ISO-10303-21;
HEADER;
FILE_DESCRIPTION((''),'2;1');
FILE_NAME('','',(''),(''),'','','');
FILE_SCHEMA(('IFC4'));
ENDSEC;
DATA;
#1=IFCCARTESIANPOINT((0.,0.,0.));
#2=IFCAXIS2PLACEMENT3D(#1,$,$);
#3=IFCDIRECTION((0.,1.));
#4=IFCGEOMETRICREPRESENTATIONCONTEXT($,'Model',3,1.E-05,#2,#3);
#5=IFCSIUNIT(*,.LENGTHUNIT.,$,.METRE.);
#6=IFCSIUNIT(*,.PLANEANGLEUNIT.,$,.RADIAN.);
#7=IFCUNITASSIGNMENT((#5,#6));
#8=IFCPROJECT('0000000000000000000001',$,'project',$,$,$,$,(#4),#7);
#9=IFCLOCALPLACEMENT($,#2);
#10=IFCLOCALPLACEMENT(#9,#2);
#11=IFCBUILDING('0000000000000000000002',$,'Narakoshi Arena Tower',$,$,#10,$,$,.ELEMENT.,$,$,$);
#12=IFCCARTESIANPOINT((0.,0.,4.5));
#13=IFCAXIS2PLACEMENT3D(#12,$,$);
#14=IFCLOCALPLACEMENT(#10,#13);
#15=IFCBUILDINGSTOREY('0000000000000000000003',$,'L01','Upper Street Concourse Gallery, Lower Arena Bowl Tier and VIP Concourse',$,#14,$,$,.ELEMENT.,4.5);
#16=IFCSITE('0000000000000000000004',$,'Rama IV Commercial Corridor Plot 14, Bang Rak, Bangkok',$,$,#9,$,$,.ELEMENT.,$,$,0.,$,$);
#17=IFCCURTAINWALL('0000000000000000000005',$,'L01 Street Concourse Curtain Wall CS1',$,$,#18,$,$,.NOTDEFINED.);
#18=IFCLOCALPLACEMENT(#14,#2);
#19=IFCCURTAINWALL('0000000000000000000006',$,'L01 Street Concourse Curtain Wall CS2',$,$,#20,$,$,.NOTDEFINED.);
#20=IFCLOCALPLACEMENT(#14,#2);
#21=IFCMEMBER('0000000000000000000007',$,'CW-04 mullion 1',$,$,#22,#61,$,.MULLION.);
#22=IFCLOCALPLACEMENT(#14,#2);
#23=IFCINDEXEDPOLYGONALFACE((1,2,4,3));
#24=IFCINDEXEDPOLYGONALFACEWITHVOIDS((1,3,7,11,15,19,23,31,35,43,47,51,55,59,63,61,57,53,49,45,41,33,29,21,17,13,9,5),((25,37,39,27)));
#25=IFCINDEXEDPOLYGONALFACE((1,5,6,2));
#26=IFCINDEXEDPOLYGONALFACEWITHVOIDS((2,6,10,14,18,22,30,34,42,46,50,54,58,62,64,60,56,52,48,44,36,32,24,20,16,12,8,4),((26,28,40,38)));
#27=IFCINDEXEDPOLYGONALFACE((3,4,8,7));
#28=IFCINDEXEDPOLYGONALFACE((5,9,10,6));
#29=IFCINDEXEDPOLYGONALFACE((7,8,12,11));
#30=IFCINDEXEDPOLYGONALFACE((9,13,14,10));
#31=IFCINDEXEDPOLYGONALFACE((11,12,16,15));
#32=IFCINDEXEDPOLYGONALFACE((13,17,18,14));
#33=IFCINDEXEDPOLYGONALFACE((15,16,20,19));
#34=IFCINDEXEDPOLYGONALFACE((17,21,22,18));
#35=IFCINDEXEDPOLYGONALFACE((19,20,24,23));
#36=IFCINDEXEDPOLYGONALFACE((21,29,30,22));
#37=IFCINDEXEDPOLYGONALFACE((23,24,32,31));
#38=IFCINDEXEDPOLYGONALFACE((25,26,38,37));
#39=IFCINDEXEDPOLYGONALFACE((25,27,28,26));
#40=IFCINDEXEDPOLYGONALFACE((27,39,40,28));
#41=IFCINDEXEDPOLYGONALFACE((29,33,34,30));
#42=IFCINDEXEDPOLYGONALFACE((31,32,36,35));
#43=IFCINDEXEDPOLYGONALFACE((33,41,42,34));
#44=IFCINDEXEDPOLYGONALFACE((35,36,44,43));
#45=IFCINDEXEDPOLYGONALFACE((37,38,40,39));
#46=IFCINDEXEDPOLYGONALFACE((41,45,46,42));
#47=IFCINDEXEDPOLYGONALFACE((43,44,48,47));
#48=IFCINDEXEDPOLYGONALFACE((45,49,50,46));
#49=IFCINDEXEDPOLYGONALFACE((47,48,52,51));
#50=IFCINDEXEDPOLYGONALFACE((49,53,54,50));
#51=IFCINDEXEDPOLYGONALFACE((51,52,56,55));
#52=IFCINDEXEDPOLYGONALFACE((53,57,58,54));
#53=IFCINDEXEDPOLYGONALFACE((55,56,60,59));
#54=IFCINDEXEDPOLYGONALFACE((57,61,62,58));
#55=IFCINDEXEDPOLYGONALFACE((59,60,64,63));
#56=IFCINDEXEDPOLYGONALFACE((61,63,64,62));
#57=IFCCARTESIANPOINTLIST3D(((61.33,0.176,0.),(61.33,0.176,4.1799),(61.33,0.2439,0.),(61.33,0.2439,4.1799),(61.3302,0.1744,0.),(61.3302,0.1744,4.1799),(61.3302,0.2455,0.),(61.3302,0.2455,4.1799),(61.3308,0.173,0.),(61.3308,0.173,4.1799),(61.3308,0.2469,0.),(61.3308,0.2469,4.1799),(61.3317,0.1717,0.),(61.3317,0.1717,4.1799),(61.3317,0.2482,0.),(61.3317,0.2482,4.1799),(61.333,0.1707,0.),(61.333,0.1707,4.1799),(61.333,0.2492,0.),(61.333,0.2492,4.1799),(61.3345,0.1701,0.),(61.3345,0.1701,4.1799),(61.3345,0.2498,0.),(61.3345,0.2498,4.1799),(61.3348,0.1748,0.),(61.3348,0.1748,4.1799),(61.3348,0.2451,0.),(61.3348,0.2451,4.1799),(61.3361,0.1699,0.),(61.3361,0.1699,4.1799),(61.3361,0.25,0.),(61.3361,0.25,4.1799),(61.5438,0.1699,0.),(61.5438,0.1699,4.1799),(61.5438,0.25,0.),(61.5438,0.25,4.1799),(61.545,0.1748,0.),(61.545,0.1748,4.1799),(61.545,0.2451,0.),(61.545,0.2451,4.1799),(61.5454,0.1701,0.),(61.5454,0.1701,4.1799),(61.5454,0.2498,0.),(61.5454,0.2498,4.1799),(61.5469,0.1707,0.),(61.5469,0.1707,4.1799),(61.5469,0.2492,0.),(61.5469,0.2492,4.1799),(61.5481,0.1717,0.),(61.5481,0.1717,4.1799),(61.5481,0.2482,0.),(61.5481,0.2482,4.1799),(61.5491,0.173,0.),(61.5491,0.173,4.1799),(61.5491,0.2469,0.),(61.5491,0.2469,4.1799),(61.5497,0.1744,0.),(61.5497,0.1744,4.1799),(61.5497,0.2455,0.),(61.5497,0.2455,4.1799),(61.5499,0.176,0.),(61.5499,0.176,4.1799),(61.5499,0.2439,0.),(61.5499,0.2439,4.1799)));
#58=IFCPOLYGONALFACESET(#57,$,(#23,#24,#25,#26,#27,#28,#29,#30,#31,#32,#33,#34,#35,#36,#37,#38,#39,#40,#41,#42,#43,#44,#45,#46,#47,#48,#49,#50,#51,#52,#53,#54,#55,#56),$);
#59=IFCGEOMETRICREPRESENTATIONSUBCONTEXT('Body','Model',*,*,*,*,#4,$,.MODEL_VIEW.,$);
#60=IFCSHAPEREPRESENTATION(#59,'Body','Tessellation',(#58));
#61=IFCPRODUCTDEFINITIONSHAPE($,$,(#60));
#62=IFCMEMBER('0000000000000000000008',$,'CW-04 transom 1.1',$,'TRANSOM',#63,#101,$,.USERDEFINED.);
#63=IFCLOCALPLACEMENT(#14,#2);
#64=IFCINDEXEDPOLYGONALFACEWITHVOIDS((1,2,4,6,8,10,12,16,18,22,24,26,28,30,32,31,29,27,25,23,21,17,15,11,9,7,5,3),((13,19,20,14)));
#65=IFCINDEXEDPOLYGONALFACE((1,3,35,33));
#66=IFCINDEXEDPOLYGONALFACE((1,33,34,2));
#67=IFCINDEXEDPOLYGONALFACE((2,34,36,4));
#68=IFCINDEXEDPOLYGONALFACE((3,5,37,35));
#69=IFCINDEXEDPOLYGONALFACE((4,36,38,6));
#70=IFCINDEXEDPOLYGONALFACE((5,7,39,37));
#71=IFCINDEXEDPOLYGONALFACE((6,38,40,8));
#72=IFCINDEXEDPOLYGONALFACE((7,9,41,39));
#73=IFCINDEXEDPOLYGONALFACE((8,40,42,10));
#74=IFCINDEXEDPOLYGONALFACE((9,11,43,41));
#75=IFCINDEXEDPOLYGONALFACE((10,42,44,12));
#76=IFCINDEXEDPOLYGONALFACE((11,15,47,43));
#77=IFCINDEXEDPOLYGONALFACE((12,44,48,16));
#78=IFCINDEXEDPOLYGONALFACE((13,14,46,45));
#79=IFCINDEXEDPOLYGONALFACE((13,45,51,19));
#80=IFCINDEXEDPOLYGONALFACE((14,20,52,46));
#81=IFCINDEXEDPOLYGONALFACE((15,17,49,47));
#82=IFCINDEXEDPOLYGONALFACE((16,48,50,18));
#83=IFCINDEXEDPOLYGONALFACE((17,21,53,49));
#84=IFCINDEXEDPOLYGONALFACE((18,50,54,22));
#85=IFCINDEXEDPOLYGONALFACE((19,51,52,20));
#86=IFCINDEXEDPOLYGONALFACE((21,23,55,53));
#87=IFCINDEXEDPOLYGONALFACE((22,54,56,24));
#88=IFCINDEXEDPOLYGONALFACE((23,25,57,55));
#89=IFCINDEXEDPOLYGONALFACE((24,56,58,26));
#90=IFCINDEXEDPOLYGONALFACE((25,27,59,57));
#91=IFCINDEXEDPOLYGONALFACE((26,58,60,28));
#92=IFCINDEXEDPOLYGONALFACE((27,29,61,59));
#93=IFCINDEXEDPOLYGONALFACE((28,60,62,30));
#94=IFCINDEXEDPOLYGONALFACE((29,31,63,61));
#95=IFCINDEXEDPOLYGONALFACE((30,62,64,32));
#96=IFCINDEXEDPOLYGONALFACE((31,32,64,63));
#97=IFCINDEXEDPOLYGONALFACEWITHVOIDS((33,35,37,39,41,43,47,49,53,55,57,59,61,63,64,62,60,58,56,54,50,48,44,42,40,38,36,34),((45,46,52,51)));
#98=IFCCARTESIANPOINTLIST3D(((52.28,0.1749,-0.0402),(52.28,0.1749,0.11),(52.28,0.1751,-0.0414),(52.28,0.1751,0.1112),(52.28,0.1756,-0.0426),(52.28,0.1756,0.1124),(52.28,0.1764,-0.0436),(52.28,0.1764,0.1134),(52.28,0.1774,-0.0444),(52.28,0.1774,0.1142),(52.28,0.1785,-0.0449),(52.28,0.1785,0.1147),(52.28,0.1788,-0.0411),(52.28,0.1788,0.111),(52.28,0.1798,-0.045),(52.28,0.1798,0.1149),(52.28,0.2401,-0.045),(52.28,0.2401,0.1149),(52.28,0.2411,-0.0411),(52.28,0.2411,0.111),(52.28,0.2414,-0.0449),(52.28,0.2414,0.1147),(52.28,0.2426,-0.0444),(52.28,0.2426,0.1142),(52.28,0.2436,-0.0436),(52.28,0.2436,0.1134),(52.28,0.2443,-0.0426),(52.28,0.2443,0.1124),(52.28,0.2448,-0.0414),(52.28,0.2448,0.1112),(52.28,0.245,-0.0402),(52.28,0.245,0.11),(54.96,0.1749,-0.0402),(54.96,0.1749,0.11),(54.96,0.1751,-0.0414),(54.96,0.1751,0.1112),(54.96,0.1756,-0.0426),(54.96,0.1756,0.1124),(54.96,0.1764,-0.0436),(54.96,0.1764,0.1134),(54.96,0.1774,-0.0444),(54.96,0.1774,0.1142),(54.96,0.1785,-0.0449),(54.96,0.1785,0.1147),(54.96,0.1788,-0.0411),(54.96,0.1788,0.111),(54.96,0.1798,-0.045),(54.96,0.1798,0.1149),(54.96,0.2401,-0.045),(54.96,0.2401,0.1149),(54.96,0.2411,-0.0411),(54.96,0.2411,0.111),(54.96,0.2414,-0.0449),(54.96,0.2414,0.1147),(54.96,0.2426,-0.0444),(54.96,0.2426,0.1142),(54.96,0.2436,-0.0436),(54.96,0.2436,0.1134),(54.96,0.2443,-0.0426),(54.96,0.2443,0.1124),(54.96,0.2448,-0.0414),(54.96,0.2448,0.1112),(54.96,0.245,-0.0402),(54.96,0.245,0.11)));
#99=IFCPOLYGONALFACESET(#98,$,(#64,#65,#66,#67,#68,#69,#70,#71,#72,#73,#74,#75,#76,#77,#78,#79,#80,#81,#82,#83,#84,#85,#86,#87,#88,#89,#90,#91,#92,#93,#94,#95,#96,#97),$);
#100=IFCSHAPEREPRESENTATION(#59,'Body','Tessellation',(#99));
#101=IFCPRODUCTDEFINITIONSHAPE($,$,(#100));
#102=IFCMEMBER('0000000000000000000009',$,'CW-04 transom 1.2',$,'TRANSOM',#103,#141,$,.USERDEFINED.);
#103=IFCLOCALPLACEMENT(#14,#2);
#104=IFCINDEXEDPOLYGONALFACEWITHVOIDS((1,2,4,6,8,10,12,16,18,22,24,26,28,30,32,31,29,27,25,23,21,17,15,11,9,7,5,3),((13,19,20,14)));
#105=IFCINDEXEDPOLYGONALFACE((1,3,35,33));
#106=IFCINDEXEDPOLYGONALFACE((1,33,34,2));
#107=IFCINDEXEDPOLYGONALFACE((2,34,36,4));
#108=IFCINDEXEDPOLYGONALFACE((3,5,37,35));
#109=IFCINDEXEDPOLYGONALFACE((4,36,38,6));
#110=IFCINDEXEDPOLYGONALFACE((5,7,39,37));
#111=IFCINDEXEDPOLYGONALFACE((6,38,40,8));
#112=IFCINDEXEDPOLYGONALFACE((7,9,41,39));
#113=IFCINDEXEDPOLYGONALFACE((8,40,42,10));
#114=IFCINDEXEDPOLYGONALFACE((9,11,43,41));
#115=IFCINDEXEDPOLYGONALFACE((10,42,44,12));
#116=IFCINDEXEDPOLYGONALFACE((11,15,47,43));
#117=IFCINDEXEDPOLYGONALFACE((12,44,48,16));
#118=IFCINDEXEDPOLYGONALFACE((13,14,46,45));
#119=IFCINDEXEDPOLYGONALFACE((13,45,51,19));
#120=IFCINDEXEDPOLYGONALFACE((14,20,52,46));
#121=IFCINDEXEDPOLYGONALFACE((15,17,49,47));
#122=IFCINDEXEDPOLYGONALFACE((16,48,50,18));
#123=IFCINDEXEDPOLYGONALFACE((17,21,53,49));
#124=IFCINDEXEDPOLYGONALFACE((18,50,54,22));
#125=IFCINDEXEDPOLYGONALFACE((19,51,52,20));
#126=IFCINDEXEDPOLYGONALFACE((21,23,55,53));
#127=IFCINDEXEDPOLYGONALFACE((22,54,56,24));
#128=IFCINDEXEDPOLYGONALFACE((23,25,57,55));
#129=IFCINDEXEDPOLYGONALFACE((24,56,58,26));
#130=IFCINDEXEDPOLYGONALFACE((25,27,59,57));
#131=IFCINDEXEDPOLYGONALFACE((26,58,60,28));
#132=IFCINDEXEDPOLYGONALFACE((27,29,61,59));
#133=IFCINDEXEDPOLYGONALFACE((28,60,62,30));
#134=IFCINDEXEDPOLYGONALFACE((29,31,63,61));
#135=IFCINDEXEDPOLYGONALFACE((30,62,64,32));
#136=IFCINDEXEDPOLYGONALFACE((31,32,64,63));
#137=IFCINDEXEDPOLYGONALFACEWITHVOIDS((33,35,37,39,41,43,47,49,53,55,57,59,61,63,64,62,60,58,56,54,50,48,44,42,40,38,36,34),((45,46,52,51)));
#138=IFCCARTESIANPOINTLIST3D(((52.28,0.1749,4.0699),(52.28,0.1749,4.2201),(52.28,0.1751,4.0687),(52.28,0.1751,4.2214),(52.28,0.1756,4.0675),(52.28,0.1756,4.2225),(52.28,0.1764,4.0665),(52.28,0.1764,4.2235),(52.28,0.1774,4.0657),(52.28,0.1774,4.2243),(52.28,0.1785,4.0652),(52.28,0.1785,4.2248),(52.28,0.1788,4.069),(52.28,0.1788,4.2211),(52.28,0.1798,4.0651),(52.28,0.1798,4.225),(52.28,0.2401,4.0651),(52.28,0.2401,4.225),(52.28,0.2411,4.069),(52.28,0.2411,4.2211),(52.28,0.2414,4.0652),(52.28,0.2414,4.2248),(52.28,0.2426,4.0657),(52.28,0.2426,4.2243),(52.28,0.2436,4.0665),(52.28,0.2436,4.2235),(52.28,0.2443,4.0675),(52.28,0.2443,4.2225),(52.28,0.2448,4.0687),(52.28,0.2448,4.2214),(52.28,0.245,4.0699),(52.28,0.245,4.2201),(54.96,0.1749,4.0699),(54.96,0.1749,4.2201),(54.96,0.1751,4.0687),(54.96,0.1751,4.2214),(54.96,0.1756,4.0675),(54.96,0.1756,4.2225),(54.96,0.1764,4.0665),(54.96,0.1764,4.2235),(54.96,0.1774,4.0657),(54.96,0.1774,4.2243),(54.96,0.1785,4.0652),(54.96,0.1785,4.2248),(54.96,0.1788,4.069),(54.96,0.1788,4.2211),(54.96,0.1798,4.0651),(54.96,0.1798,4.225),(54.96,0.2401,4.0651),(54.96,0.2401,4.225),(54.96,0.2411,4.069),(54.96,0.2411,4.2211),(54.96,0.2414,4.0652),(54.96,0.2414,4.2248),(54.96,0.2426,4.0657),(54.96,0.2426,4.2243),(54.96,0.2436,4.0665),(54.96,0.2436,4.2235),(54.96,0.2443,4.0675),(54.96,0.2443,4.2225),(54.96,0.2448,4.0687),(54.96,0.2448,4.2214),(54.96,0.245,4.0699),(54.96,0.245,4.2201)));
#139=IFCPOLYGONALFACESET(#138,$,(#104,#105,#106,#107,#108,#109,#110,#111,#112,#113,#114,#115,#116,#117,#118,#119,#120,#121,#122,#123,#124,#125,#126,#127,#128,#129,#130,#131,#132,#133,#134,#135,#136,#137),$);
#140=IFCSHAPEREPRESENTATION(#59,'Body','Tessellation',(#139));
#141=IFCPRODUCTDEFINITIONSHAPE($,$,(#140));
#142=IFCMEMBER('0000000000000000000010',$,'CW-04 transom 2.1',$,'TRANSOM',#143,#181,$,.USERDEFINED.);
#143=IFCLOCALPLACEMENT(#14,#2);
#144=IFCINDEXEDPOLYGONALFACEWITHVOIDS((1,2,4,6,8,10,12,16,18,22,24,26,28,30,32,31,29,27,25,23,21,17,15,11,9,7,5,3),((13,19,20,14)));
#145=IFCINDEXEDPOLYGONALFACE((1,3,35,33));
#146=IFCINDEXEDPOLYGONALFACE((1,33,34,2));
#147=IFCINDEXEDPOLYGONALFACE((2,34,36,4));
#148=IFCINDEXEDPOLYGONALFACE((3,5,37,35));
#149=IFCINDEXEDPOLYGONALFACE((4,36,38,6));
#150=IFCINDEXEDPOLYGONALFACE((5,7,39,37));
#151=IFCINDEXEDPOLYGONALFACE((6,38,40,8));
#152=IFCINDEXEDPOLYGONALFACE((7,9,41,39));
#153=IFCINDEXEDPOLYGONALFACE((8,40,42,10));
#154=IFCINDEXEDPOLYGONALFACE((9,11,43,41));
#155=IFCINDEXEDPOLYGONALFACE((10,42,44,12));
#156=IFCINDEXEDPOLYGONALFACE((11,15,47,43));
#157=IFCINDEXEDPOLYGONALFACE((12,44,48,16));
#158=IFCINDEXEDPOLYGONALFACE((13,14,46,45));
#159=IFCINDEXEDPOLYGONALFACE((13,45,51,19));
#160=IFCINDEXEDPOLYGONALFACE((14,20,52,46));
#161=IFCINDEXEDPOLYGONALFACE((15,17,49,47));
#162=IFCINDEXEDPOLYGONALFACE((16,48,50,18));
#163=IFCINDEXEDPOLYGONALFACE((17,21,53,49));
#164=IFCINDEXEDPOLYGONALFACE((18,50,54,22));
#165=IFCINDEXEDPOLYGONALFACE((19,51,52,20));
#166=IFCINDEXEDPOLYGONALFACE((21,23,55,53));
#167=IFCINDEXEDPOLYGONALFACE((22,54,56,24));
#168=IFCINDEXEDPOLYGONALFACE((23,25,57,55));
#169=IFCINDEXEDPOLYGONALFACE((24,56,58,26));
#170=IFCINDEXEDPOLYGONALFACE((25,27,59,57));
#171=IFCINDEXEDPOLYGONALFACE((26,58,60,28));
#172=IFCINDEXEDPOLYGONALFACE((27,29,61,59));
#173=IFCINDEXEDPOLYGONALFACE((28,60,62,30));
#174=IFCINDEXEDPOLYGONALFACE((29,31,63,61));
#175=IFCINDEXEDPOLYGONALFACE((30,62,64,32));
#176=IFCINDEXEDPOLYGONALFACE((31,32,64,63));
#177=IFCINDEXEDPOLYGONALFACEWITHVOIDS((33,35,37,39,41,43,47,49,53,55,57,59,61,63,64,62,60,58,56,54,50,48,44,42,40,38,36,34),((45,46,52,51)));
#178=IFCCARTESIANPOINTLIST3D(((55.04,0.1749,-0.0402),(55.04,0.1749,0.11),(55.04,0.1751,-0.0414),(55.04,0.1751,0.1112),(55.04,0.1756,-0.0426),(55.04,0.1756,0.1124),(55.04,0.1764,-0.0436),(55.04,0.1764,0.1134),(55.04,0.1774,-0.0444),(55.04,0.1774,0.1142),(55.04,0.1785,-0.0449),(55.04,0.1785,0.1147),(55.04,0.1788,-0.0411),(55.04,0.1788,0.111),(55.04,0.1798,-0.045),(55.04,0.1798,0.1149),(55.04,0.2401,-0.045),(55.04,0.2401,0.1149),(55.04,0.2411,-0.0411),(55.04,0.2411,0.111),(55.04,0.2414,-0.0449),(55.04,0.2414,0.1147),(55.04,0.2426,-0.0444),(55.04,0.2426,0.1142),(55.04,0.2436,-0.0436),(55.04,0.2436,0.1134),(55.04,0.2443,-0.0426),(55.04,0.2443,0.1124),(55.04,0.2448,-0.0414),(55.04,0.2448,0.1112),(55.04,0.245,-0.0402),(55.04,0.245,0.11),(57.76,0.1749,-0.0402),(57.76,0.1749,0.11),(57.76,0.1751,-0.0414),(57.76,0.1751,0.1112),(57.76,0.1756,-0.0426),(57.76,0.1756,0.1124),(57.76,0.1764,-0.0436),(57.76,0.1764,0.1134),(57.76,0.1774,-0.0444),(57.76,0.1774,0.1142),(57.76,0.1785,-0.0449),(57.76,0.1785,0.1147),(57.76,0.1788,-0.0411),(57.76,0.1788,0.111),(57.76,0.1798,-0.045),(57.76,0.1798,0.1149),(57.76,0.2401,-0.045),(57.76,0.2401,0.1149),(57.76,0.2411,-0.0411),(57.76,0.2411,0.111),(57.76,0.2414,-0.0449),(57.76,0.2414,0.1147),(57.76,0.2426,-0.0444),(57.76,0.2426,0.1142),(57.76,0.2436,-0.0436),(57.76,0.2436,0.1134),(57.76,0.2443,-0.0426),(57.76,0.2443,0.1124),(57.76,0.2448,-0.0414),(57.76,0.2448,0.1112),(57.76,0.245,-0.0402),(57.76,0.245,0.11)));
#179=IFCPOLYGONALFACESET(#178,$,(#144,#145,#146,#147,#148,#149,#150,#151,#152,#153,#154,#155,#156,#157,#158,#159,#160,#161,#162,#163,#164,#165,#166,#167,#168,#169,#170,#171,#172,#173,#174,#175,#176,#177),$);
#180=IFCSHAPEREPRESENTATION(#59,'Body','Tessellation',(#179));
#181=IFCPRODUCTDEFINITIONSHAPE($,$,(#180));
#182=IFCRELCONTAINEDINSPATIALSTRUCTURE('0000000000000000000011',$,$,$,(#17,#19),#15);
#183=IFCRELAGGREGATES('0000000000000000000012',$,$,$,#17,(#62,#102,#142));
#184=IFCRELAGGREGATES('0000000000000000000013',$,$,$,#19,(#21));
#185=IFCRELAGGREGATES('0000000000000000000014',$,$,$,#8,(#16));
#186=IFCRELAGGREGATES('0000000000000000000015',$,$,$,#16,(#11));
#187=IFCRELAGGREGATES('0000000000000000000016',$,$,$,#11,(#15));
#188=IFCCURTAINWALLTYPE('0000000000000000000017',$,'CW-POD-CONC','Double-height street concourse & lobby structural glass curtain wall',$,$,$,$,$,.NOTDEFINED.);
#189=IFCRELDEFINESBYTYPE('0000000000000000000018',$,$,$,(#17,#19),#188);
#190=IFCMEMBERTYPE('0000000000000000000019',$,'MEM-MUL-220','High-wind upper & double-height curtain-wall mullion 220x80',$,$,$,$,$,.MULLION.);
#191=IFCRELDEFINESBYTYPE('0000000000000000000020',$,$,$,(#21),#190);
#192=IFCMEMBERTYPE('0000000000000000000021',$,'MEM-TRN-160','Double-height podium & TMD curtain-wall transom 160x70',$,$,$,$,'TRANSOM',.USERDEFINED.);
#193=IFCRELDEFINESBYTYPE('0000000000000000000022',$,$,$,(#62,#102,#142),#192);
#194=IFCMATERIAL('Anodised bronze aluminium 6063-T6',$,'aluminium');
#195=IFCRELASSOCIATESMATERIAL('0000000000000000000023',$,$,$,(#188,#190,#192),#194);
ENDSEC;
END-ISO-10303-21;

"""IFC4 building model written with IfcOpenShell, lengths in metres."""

from ifc_helpers import new_model, si_unit, direction, frame, origin, origin_2d, place, context, subcontext, project, spatial, hollow_rectangle, extrude, material, material_profile, profile_set, type_object, element, aggregate, save


model = new_model("IFC4")

# Units and contexts
model_context = context("Model", 3, precision=1e-05, world=origin(), true_north=direction((0.0, 1.0)))
body_context = subcontext(model_context, "Body", "Model", "MODEL_VIEW")
ifc_project = project(units=[si_unit("LENGTHUNIT", "METRE"), si_unit("PLANEANGLEUNIT", "RADIAN")], contexts=[model_context])

# Site, building, storey
site_placement = place(None, origin())
site = spatial("IfcSite", under=ifc_project, at=site_placement, Name="Rama IV Commercial Corridor Plot 14, Bang Rak, Bangkok", CompositionType="ELEMENT", RefElevation=0.0)
building_placement = place(site_placement, origin())
building = spatial("IfcBuilding", under=site, at=building_placement, Name="Narakoshi Arena Tower", CompositionType="ELEMENT")
storey_placement = place(building_placement, frame((0.0, 0.0, 4.5)))
storey = spatial("IfcBuildingStorey", under=building, at=storey_placement, Name="L01", Description="Upper Street Concourse Gallery, Lower Arena Bowl Tier and VIP Concourse", CompositionType="ELEMENT", Elevation=4.5)

# Curtain wall
ifc_material_1 = material(Name="Anodised bronze aluminium 6063-T6", Category="aluminium")
curtain_wall_type = type_object("IfcCurtainWallType", Name="CW-POD-CONC", Description="Double-height street concourse & lobby structural glass curtain wall", PredefinedType="NOTDEFINED", material=ifc_material_1)
curtain_wall_1_placement = place(storey_placement, origin())
curtain_wall_1 = element("IfcCurtainWall", 1, at=curtain_wall_1_placement, inside=storey, type_object=curtain_wall_type, Name="L01 Street Concourse Curtain Wall CS1", PredefinedType="NOTDEFINED")
ifc_material_profile_1 = material_profile(ifc_material_1, hollow_rectangle(XDim=0.0801, YDim=0.22, WallThickness=0.0049, OuterFilletRadius=0.0061, at=origin_2d()), Name="MUL220x80x5")
ifc_profile_set_1 = profile_set([ifc_material_profile_1], Name="Anodised bronze aluminium 6063-T6")
member_type_1 = type_object("IfcMemberType", Name="MEM-MUL-220", Description="High-wind upper & double-height curtain-wall mullion 220x80", PredefinedType="MULLION", material=ifc_profile_set_1)

# Curtain wall, member
curtain_wall_2_placement = place(storey_placement, origin())
curtain_wall_2 = element("IfcCurtainWall", 2, at=curtain_wall_2_placement, inside=storey, type_object=curtain_wall_type, Name="L01 Street Concourse Curtain Wall CS2", PredefinedType="NOTDEFINED")
member_1_placement = place(storey_placement, frame((61.4399, 0.21, 0.0), z_axis=(0.0, 0.0, 1.0), x_axis=(0.0, 1.0, 0.0)))
member_1 = element("IfcMember", 3, at=member_1_placement, type_object=member_type_1, Name="CW-04 mullion 1", PredefinedType="MULLION", context=body_context, shape_type="SweptSolid", body=[
    extrude(hollow_rectangle(XDim=0.0801, YDim=0.22, WallThickness=0.0049, OuterFilletRadius=0.0061, at=origin_2d()), origin(), (0.0, 0.0, 1.0), 4.1799),
])

# Members
ifc_material_profile_2 = material_profile(ifc_material_1, hollow_rectangle(XDim=0.0701, YDim=0.1599, WallThickness=0.0039, OuterFilletRadius=0.0049, at=origin_2d()), Name="TRN160x70x4")
ifc_profile_set_2 = profile_set([ifc_material_profile_2], Name="Anodised bronze aluminium 6063-T6")
member_type_2 = type_object("IfcMemberType", Name="MEM-TRN-160", Description="Double-height podium & TMD curtain-wall transom 160x70", ElementType="TRANSOM", PredefinedType="USERDEFINED", material=ifc_profile_set_2)
member_2_placement = place(storey_placement, frame((52.28, 0.21, 0.0349), z_axis=(1.0, 0.0, 0.0), x_axis=(0.0, 1.0, 0.0)))
member_2 = element("IfcMember", 4, at=member_2_placement, type_object=member_type_2, Name="CW-04 transom 1.1", ObjectType="TRANSOM", PredefinedType="USERDEFINED", context=body_context, shape_type="SweptSolid", body=[
    extrude(hollow_rectangle(XDim=0.0701, YDim=0.1599, WallThickness=0.0039, OuterFilletRadius=0.0049, at=origin_2d()), origin(), (0.0, 0.0, 1.0), 2.6799),
])
member_3_placement = place(storey_placement, frame((52.28, 0.21, 4.145), z_axis=(1.0, 0.0, 0.0), x_axis=(0.0, 1.0, 0.0)))
member_3 = element("IfcMember", 5, at=member_3_placement, type_object=member_type_2, Name="CW-04 transom 1.2", ObjectType="TRANSOM", PredefinedType="USERDEFINED", context=body_context, shape_type="SweptSolid", body=[
    extrude(hollow_rectangle(XDim=0.0701, YDim=0.1599, WallThickness=0.0039, OuterFilletRadius=0.0049, at=origin_2d()), origin(), (0.0, 0.0, 1.0), 2.6799),
])
member_4_placement = place(storey_placement, frame((55.04, 0.21, 0.0349), z_axis=(1.0, 0.0, 0.0), x_axis=(0.0, 1.0, 0.0)))
member_4 = element("IfcMember", 6, at=member_4_placement, type_object=member_type_2, Name="CW-04 transom 2.1", ObjectType="TRANSOM", PredefinedType="USERDEFINED", context=body_context, shape_type="SweptSolid", body=[
    extrude(hollow_rectangle(XDim=0.0701, YDim=0.1599, WallThickness=0.0039, OuterFilletRadius=0.0049, at=origin_2d()), origin(), (0.0, 0.0, 1.0), 2.72),
])

aggregate(curtain_wall_1, [member_2, member_3, member_4])
aggregate(curtain_wall_2, [member_1])

save(model, "model.ifc")
